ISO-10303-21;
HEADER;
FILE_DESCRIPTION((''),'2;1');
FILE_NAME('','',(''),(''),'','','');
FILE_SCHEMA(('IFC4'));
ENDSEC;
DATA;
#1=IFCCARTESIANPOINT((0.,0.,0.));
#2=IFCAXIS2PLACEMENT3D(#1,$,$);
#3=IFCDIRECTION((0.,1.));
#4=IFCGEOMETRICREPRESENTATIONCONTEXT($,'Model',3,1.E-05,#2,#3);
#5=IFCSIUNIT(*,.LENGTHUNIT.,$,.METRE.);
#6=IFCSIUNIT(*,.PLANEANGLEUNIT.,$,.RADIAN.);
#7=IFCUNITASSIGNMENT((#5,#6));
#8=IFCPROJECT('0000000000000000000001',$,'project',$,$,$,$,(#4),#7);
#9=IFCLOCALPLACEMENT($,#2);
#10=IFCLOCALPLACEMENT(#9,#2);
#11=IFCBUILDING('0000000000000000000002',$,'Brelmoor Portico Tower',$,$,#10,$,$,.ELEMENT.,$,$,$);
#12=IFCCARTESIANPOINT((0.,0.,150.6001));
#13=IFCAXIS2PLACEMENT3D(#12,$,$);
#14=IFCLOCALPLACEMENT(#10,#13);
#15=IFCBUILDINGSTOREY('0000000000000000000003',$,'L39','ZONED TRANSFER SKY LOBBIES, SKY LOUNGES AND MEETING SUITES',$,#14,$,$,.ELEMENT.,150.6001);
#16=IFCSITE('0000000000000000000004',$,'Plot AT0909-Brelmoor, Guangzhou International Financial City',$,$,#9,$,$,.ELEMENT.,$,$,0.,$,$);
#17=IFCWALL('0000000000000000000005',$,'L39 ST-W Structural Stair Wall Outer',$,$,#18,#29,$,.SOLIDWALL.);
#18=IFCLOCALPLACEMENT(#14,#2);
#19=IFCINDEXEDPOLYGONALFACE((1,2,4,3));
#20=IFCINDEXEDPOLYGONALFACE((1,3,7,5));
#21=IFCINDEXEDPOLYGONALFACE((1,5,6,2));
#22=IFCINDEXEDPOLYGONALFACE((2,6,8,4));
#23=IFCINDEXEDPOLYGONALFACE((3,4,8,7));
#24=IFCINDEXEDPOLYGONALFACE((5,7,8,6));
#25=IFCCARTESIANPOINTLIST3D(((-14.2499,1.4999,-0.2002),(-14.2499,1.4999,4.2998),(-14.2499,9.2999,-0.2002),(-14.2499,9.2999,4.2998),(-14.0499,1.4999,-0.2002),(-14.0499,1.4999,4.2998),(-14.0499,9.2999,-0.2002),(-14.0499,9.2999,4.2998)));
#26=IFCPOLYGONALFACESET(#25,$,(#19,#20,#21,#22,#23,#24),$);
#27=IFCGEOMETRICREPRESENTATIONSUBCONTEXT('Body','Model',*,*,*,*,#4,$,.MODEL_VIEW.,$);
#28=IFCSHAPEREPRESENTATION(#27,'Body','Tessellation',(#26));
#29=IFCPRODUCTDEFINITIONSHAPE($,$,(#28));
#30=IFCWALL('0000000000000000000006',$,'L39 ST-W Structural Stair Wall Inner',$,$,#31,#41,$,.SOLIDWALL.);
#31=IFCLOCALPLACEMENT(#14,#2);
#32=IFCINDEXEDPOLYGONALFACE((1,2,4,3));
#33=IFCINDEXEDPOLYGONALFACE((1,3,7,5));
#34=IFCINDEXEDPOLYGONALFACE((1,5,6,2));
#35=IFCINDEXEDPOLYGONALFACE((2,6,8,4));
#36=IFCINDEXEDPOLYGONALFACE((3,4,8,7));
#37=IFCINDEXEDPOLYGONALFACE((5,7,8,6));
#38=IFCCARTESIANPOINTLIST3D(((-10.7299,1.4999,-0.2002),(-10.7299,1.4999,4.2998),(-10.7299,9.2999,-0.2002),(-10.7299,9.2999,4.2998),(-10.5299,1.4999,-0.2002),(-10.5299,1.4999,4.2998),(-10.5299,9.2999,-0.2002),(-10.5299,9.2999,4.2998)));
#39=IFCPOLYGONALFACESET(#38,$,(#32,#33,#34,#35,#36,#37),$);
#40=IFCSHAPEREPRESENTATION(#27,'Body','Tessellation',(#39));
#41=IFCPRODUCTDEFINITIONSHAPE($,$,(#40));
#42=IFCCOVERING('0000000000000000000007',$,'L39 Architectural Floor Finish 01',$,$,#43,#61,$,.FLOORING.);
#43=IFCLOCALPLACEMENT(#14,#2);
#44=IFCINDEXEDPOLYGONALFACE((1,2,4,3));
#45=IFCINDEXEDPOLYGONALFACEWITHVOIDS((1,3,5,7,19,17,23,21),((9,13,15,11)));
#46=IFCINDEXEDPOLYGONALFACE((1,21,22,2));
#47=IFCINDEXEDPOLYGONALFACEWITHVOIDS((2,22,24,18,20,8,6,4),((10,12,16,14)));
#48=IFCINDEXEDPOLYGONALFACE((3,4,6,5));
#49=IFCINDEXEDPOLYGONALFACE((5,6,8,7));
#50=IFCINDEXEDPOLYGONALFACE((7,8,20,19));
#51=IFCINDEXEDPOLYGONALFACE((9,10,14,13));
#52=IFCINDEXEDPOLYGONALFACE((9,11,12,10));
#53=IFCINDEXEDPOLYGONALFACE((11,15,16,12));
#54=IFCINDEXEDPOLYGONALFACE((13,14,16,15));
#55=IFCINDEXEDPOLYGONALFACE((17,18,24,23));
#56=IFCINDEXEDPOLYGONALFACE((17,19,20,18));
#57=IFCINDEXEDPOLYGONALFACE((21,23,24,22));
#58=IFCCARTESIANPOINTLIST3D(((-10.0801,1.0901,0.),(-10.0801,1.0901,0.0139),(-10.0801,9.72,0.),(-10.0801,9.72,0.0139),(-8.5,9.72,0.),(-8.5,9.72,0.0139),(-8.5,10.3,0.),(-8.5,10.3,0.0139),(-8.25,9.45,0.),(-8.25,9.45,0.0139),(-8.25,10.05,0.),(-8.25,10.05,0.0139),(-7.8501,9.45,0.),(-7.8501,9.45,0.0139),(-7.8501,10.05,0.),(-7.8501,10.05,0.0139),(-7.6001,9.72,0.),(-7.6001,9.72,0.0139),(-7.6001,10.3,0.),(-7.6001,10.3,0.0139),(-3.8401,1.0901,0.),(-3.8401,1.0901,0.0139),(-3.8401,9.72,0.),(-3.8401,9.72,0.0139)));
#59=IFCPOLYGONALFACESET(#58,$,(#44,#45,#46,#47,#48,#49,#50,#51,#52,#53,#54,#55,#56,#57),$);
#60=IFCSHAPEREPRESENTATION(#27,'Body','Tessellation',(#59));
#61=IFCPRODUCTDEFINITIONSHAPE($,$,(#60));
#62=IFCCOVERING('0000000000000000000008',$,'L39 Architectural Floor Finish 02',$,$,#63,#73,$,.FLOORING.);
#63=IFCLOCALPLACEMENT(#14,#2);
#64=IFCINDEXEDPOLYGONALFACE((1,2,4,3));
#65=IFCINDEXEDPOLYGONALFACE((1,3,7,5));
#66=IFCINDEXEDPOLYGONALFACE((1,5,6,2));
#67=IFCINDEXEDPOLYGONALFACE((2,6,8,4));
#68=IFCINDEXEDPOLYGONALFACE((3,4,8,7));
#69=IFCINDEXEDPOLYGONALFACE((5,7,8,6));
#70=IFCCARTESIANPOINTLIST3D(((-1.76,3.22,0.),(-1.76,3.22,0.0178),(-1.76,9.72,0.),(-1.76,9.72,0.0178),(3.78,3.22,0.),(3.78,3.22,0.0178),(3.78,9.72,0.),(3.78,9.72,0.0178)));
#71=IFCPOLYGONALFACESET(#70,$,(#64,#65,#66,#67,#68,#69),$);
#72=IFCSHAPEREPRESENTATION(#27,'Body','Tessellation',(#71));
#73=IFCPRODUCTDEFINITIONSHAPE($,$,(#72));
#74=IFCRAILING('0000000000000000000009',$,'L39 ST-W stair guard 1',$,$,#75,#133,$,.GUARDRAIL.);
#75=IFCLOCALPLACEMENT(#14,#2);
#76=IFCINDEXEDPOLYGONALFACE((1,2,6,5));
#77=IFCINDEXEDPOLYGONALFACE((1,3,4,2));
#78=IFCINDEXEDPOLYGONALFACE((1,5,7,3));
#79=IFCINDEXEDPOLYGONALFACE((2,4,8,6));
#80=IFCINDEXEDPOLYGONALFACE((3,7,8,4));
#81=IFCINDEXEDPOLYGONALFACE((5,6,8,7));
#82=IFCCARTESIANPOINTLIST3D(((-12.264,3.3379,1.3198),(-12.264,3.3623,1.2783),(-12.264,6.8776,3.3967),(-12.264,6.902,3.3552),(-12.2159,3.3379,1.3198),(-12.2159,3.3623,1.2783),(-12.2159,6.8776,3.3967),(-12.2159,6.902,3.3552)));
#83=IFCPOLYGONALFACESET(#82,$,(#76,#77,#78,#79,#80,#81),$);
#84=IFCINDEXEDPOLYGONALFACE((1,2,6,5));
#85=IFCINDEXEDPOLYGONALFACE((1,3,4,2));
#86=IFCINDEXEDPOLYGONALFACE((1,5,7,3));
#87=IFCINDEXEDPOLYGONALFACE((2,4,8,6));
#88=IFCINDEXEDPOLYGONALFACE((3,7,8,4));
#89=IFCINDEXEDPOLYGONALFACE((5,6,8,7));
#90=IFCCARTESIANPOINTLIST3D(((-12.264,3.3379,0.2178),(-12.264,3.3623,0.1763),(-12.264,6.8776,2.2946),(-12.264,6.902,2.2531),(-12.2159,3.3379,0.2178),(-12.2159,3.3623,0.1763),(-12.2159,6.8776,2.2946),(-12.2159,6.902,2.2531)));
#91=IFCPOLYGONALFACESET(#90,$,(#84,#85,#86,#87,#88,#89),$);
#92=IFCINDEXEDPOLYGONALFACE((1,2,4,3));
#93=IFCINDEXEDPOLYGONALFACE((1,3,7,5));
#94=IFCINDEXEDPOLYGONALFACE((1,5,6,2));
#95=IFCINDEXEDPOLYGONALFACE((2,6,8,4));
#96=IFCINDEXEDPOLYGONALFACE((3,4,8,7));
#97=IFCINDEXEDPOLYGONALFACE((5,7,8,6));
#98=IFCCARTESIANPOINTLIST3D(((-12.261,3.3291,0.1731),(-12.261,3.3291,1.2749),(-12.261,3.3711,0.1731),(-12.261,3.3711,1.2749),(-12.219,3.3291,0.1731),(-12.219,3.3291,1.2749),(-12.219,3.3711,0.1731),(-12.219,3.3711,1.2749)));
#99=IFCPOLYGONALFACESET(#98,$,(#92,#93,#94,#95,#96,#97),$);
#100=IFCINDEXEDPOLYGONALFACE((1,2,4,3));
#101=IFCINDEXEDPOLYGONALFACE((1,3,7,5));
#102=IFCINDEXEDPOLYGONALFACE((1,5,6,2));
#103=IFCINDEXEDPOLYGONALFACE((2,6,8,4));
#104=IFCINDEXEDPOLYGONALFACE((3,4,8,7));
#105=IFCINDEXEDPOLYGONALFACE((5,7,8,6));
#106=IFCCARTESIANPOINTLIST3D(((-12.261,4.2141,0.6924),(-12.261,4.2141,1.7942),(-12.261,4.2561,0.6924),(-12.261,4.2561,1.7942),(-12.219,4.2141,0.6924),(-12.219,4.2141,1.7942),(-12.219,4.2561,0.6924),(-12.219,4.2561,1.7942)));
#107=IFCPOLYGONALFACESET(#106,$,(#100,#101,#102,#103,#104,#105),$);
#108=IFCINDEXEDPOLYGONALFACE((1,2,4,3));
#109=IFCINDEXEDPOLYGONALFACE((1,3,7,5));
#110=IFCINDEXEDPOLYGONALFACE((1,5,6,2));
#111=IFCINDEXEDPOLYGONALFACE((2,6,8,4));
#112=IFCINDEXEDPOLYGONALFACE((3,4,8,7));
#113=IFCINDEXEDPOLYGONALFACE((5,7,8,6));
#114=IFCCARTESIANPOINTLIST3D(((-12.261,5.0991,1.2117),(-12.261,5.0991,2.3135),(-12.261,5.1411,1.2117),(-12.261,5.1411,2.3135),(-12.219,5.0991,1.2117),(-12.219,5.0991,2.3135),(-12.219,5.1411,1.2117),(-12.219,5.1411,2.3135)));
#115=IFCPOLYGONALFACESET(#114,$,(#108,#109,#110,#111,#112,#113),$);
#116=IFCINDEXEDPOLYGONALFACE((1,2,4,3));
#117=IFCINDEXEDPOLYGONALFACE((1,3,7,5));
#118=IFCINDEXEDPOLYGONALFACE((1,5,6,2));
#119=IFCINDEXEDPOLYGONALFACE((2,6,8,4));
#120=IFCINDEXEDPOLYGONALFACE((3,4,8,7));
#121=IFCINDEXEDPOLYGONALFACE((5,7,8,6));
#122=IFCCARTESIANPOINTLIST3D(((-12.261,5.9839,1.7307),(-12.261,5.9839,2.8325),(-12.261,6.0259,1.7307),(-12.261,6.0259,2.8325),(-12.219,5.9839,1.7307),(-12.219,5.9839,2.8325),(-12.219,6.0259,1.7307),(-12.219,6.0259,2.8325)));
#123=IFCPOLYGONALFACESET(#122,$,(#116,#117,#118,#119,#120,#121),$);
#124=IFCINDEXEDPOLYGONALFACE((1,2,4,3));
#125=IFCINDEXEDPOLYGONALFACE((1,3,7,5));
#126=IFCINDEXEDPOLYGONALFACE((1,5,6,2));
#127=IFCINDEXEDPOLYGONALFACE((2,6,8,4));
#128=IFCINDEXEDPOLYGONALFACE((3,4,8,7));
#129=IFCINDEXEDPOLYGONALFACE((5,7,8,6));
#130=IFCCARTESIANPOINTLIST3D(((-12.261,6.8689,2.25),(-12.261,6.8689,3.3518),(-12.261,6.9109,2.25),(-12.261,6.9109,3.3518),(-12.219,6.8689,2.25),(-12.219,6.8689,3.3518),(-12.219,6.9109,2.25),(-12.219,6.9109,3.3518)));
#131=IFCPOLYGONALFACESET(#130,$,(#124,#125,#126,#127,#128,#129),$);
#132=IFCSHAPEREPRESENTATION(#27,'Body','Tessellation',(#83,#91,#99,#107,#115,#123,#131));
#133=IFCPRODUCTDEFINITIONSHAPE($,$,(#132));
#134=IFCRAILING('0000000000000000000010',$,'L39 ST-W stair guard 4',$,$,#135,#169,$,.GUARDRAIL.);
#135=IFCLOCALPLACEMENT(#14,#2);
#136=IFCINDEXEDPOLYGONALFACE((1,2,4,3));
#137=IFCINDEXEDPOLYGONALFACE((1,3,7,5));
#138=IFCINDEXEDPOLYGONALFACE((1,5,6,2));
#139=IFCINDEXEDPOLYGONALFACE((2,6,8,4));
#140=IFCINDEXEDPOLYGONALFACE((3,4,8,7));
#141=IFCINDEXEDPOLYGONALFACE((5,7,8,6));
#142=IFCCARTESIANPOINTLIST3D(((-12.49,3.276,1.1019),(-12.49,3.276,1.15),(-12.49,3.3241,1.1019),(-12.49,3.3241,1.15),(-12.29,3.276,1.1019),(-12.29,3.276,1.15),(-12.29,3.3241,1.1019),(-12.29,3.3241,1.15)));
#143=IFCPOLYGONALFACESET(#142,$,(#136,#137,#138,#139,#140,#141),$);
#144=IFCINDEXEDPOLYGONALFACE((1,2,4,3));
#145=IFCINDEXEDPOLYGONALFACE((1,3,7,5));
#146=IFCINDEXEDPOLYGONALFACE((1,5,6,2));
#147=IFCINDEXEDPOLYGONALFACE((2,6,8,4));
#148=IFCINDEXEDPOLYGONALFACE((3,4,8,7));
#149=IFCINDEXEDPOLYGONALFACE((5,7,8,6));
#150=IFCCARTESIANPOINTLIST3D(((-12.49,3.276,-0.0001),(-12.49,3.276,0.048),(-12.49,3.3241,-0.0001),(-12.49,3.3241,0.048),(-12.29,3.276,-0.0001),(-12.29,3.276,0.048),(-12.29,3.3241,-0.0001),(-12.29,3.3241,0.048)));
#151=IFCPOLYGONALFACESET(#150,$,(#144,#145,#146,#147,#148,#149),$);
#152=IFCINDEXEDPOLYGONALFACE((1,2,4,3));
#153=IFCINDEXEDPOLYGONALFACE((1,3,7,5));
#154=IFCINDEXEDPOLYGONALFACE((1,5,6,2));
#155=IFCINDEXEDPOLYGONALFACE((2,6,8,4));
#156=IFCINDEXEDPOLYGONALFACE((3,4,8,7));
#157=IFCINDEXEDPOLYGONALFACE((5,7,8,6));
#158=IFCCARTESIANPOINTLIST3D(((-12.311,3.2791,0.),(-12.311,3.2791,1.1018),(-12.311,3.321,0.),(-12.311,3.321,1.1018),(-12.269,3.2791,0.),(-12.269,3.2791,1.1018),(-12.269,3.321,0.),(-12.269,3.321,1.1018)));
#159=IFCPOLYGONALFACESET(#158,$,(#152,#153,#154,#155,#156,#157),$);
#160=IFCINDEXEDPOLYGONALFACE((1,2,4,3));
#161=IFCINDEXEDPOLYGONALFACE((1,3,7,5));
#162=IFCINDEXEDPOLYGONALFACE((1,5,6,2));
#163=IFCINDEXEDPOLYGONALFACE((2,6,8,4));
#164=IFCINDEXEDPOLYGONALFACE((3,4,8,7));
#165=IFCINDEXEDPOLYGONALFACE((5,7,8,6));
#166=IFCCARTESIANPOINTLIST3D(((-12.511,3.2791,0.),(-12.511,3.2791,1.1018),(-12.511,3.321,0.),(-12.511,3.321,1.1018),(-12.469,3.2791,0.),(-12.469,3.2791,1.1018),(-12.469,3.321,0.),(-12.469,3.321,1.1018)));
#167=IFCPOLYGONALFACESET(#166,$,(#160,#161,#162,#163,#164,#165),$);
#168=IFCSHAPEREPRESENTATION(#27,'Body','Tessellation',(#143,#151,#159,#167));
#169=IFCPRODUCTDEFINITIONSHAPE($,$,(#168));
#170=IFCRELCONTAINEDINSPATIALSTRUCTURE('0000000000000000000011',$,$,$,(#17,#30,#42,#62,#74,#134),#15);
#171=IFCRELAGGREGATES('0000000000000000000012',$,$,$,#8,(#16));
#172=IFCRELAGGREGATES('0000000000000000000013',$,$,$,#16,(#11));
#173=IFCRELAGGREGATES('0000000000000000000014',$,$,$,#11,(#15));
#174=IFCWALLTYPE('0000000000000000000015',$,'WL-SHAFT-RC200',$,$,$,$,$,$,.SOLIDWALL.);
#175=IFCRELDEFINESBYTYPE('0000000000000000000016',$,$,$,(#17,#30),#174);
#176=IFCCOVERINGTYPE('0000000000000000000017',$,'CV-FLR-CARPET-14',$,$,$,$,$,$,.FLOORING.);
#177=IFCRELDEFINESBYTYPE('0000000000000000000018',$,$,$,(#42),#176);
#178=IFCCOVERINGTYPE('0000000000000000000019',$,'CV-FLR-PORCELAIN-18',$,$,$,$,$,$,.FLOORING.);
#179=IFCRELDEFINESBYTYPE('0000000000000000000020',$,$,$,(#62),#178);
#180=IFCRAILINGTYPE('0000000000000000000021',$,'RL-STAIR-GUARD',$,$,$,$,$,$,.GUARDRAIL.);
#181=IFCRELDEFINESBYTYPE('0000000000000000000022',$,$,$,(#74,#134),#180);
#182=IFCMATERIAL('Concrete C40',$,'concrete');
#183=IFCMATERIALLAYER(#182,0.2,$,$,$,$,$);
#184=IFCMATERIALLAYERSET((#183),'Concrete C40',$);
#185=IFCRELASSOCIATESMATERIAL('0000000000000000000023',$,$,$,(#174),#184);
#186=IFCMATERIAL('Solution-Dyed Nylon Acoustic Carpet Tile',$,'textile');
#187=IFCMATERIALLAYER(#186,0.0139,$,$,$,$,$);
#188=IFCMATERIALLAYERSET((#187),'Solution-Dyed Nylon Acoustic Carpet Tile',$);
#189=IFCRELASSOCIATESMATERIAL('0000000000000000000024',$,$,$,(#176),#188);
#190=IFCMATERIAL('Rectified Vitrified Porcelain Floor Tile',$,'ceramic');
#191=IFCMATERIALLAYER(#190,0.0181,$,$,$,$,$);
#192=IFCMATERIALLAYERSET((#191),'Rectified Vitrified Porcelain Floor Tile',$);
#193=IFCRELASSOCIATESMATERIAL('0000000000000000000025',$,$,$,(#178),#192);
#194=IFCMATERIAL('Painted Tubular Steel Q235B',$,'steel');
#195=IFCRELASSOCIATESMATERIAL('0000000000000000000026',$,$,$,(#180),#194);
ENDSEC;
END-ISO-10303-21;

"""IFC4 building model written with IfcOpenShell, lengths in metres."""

from ifc_helpers import new_model, si_unit, direction, frame, frame_2d, origin, origin_2d, place, context, subcontext, project, spatial, polyline, rectangle, outline, extrude, material, layer, layer_set, type_object, element, save


model = new_model("IFC4")

# Units and contexts
model_context = context("Model", 3, precision=1e-05, world=origin(), true_north=direction((0.0, 1.0)))
body_context = subcontext(model_context, "Body", "Model", "MODEL_VIEW")
ifc_project = project(units=[si_unit("LENGTHUNIT", "METRE"), si_unit("PLANEANGLEUNIT", "RADIAN")], contexts=[model_context])

# Site, building, storey
site_placement = place(None, origin())
site = spatial("IfcSite", under=ifc_project, at=site_placement, Name="Plot AT0909-Brelmoor, Guangzhou International Financial City", CompositionType="ELEMENT", RefElevation=0.0)
building_placement = place(site_placement, origin())
building = spatial("IfcBuilding", under=site, at=building_placement, Name="Brelmoor Portico Tower", CompositionType="ELEMENT")
storey_placement = place(building_placement, frame((0.0, 0.0, 150.6001)))
storey = spatial("IfcBuildingStorey", under=building, at=storey_placement, Name="L39", Description="ZONED TRANSFER SKY LOBBIES, SKY LOUNGES AND MEETING SUITES", CompositionType="ELEMENT", Elevation=150.6001)

# Shared definitions
ifc_material_1 = material(Name="Concrete C40", Category="concrete")

# Walls
ifc_layer_1 = layer(ifc_material_1, 0.2)
ifc_layer_set_1 = layer_set([ifc_layer_1], Name="Concrete C40")
wall_type_1 = type_object("IfcWallType", Name="WL-SHAFT-RC200", PredefinedType="SOLIDWALL", material=ifc_layer_set_1)
for number, where, z_axis, x_axis, name in (
    (1, (-14.1499, 1.5, -0.2002), (0.0, 0.0, 1.0), (0.0, 1.0, 0.0), "L39 ST-W Structural Stair Wall Outer"),
    (2, (-10.6299, 1.5, -0.2002), (0.0, 0.0, 1.0), (0.0, 1.0, 0.0), "L39 ST-W Structural Stair Wall Inner"),
):
    element("IfcWall", number, at=place(storey_placement, frame(where, z_axis=z_axis, x_axis=x_axis)), inside=storey, type_object=wall_type_1, Name=name, PredefinedType="SOLIDWALL", context=body_context, shape_type="SweptSolid", body=[
        extrude(rectangle(XDim=7.8, YDim=0.2, at=frame_2d((3.8999, 0.0))), origin(), (0.0, 0.0, 1.0), 4.5),
    ])

# Coverings
ifc_material_2 = material(Name="Solution-Dyed Nylon Acoustic Carpet Tile", Category="textile")
ifc_layer_2 = layer(ifc_material_2, 0.0139)
ifc_layer_set_2 = layer_set([ifc_layer_2], Name="Solution-Dyed Nylon Acoustic Carpet Tile")
covering_type_1 = type_object("IfcCoveringType", Name="CV-FLR-CARPET-14", PredefinedType="FLOORING", material=ifc_layer_set_2)
covering_1_placement = place(storey_placement, origin())
element("IfcCovering", 3, at=covering_1_placement, inside=storey, type_object=covering_type_1, Name="L39 Architectural Floor Finish 01", PredefinedType="FLOORING", context=body_context, shape_type="SweptSolid", body=[
    extrude(outline(polyline([(-10.0801, 9.72), (-8.5, 9.72), (-8.5, 10.3), (-7.6001, 10.3), (-7.6001, 9.72), (-3.8401, 9.72), (-3.8401, 1.0901), (-10.0801, 1.0901), (-10.0801, 9.72)]), holes=[polyline([(-7.8501, 9.45), (-7.8501, 10.05), (-8.25, 10.05), (-8.25, 9.45), (-7.8501, 9.45)])]), origin(), (0.0, 0.0, 1.0), 0.0139),
])
ifc_material_3 = material(Name="Rectified Vitrified Porcelain Floor Tile", Category="ceramic")
ifc_layer_3 = layer(ifc_material_3, 0.0181)
ifc_layer_set_3 = layer_set([ifc_layer_3], Name="Rectified Vitrified Porcelain Floor Tile")
covering_type_2 = type_object("IfcCoveringType", Name="CV-FLR-PORCELAIN-18", PredefinedType="FLOORING", material=ifc_layer_set_3)
covering_2_placement = place(storey_placement, origin())
element("IfcCovering", 4, at=covering_2_placement, inside=storey, type_object=covering_type_2, Name="L39 Architectural Floor Finish 02", PredefinedType="FLOORING", context=body_context, shape_type="SweptSolid", body=[
    extrude(outline(polyline([(-1.76, 3.22), (-1.76, 9.72), (3.78, 9.72), (3.78, 3.22), (-1.76, 3.22)])), origin(), (0.0, 0.0, 1.0), 0.0178),
])

# Railings
ifc_material_4 = material(Name="Painted Tubular Steel Q235B", Category="steel")
railing_type = type_object("IfcRailingType", Name="RL-STAIR-GUARD", PredefinedType="GUARDRAIL", material=ifc_material_4)
railing_1_placement = place(storey_placement, frame((-12.24, 3.3501, 0.1731)))
element("IfcRailing", 5, at=railing_1_placement, inside=storey, type_object=railing_type, Name="L39 ST-W stair guard 1", PredefinedType="GUARDRAIL", context=body_context, shape_type="SweptSolid", body=[
    extrude(rectangle(XDim=0.0481, YDim=0.0481, at=origin_2d()), frame((0.0, 0.0, 1.126), z_axis=(0.0, 0.862501, 0.506055), x_axis=(-1.0, 0.0, 0.0)), (0.0, 0.0, 1.0), 4.104),
    extrude(rectangle(XDim=0.0481, YDim=0.0481, at=origin_2d()), frame((0.0, 0.0, 0.0239), z_axis=(0.0, 0.862501, 0.506055), x_axis=(-1.0, 0.0, 0.0)), (0.0, 0.0, 1.0), 4.104),
    extrude(rectangle(XDim=0.042, YDim=0.042, at=origin_2d()), origin(), (0.0, 0.0, 1.0), 1.1018),
    extrude(rectangle(XDim=0.042, YDim=0.042, at=origin_2d()), frame((0.0, 0.885, 0.5193)), (0.0, 0.0, 1.0), 1.1018),
    extrude(rectangle(XDim=0.042, YDim=0.042, at=origin_2d()), frame((0.0, 1.77, 1.0386)), (0.0, 0.0, 1.0), 1.1018),
    extrude(rectangle(XDim=0.042, YDim=0.042, at=origin_2d()), frame((0.0, 2.6548, 1.5576)), (0.0, 0.0, 1.0), 1.1018),
    extrude(rectangle(XDim=0.042, YDim=0.042, at=origin_2d()), frame((0.0, 3.5398, 2.0769)), (0.0, 0.0, 1.0), 1.1018),
])
railing_2_placement = place(storey_placement, frame((-12.29, 3.3, 0.0)))
element("IfcRailing", 6, at=railing_2_placement, inside=storey, type_object=railing_type, Name="L39 ST-W stair guard 4", PredefinedType="GUARDRAIL", context=body_context, shape_type="SweptSolid", body=[
    extrude(rectangle(XDim=0.0481, YDim=0.0481, at=origin_2d()), frame((0.0, 0.0, 1.126), z_axis=(-1.0, 0.0, 0.0), x_axis=(0.0, -1.0, 0.0)), (0.0, 0.0, 1.0), 0.2),
    extrude(rectangle(XDim=0.0481, YDim=0.0481, at=origin_2d()), frame((0.0, 0.0, 0.0239), z_axis=(-1.0, 0.0, 0.0), x_axis=(0.0, -1.0, 0.0)), (0.0, 0.0, 1.0), 0.2),
    extrude(rectangle(XDim=0.042, YDim=0.042, at=origin_2d()), origin(), (0.0, 0.0, 1.0), 1.1018),
    extrude(rectangle(XDim=0.042, YDim=0.042, at=origin_2d()), frame((-0.2, 0.0, 0.0)), (0.0, 0.0, 1.0), 1.1018),
])

save(model, "model.ifc")
